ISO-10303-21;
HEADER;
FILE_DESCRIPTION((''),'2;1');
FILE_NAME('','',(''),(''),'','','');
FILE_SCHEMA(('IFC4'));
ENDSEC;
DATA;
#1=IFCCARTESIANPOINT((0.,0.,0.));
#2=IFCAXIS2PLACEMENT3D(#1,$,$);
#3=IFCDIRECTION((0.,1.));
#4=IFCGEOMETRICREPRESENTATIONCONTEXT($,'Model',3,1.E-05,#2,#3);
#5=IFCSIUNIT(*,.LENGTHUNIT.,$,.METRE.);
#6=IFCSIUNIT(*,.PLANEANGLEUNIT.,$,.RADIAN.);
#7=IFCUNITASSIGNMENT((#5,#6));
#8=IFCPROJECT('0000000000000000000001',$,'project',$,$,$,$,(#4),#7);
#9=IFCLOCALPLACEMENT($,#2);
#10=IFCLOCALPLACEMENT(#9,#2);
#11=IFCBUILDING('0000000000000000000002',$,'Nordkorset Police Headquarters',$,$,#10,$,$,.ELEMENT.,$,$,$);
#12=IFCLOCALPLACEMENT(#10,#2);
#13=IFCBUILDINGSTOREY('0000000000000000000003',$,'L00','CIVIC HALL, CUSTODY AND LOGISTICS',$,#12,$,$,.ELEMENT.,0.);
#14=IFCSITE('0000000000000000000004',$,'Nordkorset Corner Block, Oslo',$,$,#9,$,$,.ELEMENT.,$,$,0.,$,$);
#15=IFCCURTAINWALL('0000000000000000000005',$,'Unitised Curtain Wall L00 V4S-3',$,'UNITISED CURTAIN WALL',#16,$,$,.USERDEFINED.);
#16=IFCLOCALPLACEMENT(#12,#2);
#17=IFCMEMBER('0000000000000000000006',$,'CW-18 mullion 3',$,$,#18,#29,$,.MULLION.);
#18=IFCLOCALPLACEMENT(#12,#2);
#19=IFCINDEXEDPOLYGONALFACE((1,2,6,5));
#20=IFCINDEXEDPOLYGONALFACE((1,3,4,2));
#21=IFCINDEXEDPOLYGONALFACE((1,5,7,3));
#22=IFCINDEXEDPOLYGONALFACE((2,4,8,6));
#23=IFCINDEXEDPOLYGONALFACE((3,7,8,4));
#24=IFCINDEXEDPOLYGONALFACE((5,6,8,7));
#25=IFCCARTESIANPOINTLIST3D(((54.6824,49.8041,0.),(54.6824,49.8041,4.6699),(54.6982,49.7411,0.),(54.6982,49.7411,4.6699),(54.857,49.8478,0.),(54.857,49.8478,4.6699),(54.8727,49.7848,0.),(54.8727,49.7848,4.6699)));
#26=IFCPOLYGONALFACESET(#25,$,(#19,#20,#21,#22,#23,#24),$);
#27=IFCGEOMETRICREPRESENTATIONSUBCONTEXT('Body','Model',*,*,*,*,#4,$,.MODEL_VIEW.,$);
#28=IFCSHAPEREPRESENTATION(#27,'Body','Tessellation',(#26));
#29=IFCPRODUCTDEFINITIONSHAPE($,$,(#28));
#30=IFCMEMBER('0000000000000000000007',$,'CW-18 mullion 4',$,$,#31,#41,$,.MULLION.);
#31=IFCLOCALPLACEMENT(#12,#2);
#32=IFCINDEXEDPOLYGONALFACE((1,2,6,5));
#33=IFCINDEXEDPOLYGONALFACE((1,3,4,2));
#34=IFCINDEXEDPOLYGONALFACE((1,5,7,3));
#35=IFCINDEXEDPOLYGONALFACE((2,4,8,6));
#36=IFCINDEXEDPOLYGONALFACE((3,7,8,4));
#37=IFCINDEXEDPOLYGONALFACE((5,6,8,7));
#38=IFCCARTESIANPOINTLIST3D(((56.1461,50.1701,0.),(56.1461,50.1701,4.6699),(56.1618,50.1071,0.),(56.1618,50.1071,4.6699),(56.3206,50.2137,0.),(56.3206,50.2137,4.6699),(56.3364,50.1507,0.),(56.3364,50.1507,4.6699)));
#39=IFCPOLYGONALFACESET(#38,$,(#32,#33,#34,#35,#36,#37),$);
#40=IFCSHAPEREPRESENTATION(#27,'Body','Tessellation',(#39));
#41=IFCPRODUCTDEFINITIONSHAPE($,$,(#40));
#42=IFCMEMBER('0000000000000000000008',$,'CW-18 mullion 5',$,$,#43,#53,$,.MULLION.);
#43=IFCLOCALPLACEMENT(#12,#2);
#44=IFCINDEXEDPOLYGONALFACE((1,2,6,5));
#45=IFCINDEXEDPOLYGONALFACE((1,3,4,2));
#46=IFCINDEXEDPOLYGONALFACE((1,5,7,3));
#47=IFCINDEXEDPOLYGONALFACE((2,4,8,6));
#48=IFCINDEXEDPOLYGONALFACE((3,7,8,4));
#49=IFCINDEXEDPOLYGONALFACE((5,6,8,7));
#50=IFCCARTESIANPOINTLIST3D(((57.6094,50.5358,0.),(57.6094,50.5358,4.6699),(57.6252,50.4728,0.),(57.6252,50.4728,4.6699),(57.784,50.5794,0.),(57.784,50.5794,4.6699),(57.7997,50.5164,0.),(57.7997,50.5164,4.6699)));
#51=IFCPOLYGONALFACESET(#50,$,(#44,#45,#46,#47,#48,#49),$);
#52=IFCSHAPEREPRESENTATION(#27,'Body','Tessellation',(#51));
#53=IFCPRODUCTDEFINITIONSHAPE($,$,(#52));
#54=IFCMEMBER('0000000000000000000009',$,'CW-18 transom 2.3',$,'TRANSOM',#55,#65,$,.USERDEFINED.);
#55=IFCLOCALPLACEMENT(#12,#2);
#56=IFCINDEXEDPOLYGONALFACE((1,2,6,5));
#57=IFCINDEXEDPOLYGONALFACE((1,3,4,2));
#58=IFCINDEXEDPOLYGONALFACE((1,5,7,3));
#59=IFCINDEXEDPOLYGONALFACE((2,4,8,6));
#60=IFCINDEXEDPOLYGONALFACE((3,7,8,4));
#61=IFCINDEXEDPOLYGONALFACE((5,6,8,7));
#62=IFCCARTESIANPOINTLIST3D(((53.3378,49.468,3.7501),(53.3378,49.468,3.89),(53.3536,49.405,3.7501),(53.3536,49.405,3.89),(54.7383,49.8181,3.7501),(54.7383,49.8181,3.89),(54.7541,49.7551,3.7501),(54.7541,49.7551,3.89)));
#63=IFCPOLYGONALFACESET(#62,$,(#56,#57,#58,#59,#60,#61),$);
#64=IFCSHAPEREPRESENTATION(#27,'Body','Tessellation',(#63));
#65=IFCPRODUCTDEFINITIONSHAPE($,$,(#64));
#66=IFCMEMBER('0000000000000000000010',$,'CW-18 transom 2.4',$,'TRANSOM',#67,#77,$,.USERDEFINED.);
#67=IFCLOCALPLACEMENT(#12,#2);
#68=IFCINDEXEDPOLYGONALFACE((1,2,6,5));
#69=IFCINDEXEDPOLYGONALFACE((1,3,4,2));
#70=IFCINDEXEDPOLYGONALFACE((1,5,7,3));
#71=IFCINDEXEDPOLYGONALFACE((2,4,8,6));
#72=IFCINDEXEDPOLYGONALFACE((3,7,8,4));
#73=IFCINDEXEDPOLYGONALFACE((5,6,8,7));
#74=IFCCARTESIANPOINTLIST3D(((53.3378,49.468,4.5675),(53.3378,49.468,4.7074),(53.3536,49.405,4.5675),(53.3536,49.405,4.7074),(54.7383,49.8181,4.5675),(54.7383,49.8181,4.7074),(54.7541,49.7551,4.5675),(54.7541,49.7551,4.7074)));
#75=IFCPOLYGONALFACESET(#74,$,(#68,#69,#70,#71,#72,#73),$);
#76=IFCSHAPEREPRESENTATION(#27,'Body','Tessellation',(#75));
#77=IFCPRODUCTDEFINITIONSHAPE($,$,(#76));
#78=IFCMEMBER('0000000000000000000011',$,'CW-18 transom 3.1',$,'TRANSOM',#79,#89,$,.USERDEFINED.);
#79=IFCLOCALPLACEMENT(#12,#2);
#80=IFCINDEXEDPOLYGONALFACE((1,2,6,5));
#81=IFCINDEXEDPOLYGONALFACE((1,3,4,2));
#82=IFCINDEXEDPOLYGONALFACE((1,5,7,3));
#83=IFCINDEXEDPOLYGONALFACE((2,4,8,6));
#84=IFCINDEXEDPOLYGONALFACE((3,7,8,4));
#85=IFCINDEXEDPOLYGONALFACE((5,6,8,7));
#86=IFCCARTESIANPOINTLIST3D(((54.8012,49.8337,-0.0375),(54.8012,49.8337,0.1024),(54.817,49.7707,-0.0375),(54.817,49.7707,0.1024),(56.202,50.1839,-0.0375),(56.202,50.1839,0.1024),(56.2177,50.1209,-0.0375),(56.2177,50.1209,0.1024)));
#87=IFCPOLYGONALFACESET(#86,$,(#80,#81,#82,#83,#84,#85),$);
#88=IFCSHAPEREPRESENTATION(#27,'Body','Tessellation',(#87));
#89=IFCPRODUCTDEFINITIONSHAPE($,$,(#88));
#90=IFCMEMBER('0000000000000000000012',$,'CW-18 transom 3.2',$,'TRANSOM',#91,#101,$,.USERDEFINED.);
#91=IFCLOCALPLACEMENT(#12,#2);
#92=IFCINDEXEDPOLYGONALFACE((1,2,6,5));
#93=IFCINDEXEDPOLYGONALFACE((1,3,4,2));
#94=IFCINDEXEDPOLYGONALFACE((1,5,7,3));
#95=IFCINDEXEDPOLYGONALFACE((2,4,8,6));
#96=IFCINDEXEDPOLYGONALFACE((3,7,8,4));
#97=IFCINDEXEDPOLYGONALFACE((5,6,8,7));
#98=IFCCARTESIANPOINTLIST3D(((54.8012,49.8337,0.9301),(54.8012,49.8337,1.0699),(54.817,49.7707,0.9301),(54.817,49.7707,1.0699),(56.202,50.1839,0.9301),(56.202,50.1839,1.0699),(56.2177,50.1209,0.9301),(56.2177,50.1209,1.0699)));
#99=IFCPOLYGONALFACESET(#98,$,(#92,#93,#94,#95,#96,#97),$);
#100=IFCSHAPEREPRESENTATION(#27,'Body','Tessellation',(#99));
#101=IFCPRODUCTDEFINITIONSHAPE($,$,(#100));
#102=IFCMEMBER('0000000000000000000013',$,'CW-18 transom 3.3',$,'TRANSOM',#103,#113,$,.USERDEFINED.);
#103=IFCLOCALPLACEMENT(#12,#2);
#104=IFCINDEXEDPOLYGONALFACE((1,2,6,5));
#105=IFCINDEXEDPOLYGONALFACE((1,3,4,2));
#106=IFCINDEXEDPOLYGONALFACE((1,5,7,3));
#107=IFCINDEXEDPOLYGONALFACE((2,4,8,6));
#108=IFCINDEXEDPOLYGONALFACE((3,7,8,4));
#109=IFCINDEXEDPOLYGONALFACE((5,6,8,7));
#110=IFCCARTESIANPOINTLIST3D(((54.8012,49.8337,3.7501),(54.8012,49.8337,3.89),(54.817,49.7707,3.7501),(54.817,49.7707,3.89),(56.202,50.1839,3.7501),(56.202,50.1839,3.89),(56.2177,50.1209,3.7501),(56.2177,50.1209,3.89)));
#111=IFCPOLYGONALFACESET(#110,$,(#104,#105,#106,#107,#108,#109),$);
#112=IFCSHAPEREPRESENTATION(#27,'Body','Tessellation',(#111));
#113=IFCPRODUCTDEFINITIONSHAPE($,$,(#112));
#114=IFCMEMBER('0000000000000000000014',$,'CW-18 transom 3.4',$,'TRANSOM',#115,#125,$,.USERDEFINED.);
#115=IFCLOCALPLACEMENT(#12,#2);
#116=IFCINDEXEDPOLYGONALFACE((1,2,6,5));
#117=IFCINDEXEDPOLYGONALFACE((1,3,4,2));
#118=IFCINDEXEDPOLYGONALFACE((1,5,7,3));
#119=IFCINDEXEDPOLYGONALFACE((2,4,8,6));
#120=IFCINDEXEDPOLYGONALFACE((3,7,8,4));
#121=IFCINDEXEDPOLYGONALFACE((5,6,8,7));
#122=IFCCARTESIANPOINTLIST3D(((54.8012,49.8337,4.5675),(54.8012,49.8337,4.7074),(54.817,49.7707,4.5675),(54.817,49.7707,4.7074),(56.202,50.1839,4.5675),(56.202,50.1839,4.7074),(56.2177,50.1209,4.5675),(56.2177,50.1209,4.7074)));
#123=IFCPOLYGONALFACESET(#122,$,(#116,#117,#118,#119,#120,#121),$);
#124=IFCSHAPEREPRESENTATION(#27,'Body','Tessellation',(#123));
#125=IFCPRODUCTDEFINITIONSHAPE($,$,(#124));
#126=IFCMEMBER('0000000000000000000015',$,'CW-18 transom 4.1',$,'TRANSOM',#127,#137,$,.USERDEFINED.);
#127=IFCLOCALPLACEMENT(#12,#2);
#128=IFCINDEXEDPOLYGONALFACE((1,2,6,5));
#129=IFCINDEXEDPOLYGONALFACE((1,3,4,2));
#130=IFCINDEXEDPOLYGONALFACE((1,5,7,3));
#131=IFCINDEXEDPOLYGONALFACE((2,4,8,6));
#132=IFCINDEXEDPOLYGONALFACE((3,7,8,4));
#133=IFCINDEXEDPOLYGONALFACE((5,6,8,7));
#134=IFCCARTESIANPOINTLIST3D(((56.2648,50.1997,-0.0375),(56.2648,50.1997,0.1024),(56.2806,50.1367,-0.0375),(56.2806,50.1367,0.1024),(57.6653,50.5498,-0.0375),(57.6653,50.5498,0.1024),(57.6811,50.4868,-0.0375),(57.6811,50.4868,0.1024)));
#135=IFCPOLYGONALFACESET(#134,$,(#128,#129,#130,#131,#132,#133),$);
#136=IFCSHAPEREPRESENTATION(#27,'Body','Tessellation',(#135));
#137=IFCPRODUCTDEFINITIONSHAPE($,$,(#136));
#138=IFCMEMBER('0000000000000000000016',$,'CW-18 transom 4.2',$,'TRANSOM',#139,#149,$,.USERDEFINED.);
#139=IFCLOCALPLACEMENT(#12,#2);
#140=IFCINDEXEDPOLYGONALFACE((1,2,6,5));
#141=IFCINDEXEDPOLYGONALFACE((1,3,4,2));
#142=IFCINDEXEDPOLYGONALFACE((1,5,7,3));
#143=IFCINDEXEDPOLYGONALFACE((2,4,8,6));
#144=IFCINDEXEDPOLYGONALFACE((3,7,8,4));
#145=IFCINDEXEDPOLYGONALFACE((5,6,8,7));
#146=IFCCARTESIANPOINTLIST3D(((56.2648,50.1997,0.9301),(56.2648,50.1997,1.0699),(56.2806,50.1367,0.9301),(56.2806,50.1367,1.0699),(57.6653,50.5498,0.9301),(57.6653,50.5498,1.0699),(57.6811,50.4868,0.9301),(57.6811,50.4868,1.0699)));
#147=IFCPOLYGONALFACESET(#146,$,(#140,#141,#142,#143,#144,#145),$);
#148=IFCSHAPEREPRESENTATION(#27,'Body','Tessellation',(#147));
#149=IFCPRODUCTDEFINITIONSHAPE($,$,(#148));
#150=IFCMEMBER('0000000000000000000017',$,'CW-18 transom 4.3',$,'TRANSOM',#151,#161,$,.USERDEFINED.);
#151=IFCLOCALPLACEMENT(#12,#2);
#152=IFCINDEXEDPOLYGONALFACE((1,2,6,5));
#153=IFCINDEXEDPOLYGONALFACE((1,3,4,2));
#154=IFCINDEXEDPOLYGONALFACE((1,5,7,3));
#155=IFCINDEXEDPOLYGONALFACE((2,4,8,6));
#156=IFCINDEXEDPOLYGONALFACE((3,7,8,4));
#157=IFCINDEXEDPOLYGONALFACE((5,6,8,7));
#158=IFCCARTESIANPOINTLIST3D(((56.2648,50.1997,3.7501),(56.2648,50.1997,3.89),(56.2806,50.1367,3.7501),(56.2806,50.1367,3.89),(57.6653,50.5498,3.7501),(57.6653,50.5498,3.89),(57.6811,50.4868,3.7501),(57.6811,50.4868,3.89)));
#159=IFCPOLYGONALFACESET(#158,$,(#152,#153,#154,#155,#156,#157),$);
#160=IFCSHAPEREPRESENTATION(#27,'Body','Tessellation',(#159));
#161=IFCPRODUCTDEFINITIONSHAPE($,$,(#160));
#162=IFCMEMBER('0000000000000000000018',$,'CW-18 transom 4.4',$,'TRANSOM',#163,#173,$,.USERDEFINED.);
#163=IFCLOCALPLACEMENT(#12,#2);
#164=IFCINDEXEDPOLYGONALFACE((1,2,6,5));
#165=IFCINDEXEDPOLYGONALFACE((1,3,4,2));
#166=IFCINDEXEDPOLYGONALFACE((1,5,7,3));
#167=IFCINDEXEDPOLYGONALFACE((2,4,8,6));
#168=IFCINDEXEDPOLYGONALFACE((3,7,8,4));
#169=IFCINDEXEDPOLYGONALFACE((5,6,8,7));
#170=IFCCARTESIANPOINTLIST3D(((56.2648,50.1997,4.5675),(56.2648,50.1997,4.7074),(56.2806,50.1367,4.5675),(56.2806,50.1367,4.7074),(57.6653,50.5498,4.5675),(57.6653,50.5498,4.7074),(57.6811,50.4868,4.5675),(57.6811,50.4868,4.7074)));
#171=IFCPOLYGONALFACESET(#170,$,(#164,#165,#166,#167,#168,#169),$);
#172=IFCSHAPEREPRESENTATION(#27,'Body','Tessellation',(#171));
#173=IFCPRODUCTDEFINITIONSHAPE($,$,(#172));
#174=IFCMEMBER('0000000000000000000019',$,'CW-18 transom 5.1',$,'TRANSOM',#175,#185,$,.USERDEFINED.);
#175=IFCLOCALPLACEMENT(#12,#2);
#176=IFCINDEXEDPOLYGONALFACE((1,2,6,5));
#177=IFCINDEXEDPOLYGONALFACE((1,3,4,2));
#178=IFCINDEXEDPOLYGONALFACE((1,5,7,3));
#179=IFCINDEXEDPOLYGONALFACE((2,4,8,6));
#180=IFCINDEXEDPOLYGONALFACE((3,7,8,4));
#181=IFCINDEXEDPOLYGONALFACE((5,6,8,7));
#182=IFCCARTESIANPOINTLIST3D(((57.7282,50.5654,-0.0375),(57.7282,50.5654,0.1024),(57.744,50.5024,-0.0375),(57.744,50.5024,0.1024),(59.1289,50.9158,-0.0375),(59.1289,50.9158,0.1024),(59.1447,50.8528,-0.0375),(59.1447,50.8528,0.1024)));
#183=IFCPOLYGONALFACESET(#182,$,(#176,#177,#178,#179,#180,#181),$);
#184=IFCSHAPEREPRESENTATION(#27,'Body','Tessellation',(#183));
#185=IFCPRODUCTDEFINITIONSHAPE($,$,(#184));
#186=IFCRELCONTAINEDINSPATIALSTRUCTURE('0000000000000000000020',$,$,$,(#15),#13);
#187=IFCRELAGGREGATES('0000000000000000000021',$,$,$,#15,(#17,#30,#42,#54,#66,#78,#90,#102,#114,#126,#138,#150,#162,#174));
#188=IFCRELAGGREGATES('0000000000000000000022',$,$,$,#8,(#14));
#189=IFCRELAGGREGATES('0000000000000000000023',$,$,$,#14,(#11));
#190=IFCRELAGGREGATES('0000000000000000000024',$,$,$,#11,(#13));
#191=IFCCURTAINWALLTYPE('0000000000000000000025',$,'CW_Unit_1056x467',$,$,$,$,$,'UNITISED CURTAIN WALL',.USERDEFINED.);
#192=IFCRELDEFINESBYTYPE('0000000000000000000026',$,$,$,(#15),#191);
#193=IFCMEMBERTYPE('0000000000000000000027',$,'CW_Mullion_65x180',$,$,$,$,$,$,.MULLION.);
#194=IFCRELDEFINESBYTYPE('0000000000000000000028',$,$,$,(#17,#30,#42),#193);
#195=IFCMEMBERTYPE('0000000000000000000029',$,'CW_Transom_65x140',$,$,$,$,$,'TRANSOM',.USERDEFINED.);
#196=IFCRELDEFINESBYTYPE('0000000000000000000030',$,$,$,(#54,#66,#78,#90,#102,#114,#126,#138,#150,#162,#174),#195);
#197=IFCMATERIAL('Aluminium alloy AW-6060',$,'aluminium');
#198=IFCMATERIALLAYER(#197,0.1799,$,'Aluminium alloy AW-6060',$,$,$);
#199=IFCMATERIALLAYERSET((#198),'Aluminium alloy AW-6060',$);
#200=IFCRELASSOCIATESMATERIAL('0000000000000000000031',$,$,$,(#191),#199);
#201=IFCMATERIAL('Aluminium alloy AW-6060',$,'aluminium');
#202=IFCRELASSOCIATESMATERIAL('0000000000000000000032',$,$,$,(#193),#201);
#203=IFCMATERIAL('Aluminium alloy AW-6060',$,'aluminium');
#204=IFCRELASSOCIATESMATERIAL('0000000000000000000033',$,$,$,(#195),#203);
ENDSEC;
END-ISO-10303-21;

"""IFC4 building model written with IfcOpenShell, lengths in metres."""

from ifc_helpers import new_model, si_unit, direction, frame, origin, origin_2d, place, context, subcontext, project, spatial, rectangle, extrude, material, layer, layer_set, material_profile, profile_set, type_object, element, aggregate, save


model = new_model("IFC4")

# Units and contexts
model_context = context("Model", 3, precision=1e-05, world=origin(), true_north=direction((0.0, 1.0)))
body_context = subcontext(model_context, "Body", "Model", "MODEL_VIEW")
ifc_project = project(units=[si_unit("LENGTHUNIT", "METRE"), si_unit("PLANEANGLEUNIT", "RADIAN")], contexts=[model_context])

# Site, building, storey
site_placement = place(None, origin())
site = spatial("IfcSite", under=ifc_project, at=site_placement, Name="Nordkorset Corner Block, Oslo", CompositionType="ELEMENT", RefElevation=0.0)
building_placement = place(site_placement, origin())
building = spatial("IfcBuilding", under=site, at=building_placement, Name="Nordkorset Police Headquarters", CompositionType="ELEMENT")
storey_placement = place(building_placement, origin())
storey = spatial("IfcBuildingStorey", under=building, at=storey_placement, Name="L00", Description="CIVIC HALL, CUSTODY AND LOGISTICS", CompositionType="ELEMENT", Elevation=0.0)

# Curtain wall, members
ifc_material_1 = material(Name="Aluminium alloy AW-6060", Category="aluminium")
ifc_layer_1 = layer(ifc_material_1, 0.1799, Name="Aluminium alloy AW-6060")
ifc_layer_set_1 = layer_set([ifc_layer_1], Name="Aluminium alloy AW-6060")
curtain_wall_type = type_object("IfcCurtainWallType", Name="CW_Unit_1056x467", ElementType="UNITISED CURTAIN WALL", PredefinedType="USERDEFINED", material=ifc_layer_set_1)
curtain_wall_placement = place(storey_placement, origin())
curtain_wall = element("IfcCurtainWall", 1, at=curtain_wall_placement, inside=storey, type_object=curtain_wall_type, Name="Unitised Curtain Wall L00 V4S-3", ObjectType="UNITISED CURTAIN WALL", PredefinedType="USERDEFINED")
ifc_material_2 = material(Name="Aluminium alloy AW-6060", Category="aluminium")
ifc_material_profile_1 = material_profile(ifc_material_2, rectangle(XDim=0.0649, YDim=0.1799, at=origin_2d()), Name="ALU MULL 65x180")
ifc_profile_set_1 = profile_set([ifc_material_profile_1], Name="Aluminium alloy AW-6060")
member_type_1 = type_object("IfcMemberType", Name="CW_Mullion_65x180", PredefinedType="MULLION", material=ifc_profile_set_1)
member_1_placement = place(storey_placement, frame((54.7776, 49.7944, 0.0), z_axis=(0.0, 0.0, 1.0), x_axis=(-0.242535, 0.970143, 0.0)))
member_1 = element("IfcMember", 2, at=member_1_placement, type_object=member_type_1, Name="CW-18 mullion 3", PredefinedType="MULLION", context=body_context, shape_type="SweptSolid", body=[
    extrude(rectangle(XDim=0.0649, YDim=0.1799, at=origin_2d()), origin(), (0.0, 0.0, 1.0), 4.6699),
])
member_2_placement = place(storey_placement, frame((56.2412, 50.1604, 0.0), z_axis=(0.0, 0.0, 1.0), x_axis=(-0.242535, 0.970143, 0.0)))
member_2 = element("IfcMember", 3, at=member_2_placement, type_object=member_type_1, Name="CW-18 mullion 4", PredefinedType="MULLION", context=body_context, shape_type="SweptSolid", body=[
    extrude(rectangle(XDim=0.0649, YDim=0.1799, at=origin_2d()), origin(), (0.0, 0.0, 1.0), 4.6699),
])
member_3_placement = place(storey_placement, frame((57.7046, 50.5261, 0.0), z_axis=(0.0, 0.0, 1.0), x_axis=(-0.242535, 0.970143, 0.0)))
member_3 = element("IfcMember", 4, at=member_3_placement, type_object=member_type_1, Name="CW-18 mullion 5", PredefinedType="MULLION", context=body_context, shape_type="SweptSolid", body=[
    extrude(rectangle(XDim=0.0649, YDim=0.1799, at=origin_2d()), origin(), (0.0, 0.0, 1.0), 4.6699),
])
ifc_material_3 = material(Name="Aluminium alloy AW-6060", Category="aluminium")
ifc_material_profile_2 = material_profile(ifc_material_3, rectangle(XDim=0.0649, YDim=0.1399, at=origin_2d()), Name="ALU TRAN 65x140")
ifc_profile_set_2 = profile_set([ifc_material_profile_2], Name="Aluminium alloy AW-6060")
member_type_2 = type_object("IfcMemberType", Name="CW_Transom_65x140", ElementType="TRANSOM", PredefinedType="USERDEFINED", material=ifc_profile_set_2)
member_4_placement = place(storey_placement, frame((53.3457, 49.4365, 3.8201), z_axis=(0.970143, 0.242536, 0.0), x_axis=(-0.242536, 0.970143, 0.0)))
member_4 = element("IfcMember", 5, at=member_4_placement, type_object=member_type_2, Name="CW-18 transom 2.3", ObjectType="TRANSOM", PredefinedType="USERDEFINED", context=body_context, shape_type="SweptSolid", body=[
    extrude(rectangle(XDim=0.0649, YDim=0.1399, at=origin_2d()), origin(), (0.0, 0.0, 1.0), 1.4436),
])
member_5_placement = place(storey_placement, frame((53.3457, 49.4365, 4.6375), z_axis=(0.970143, 0.242536, 0.0), x_axis=(-0.242536, 0.970143, 0.0)))
member_5 = element("IfcMember", 6, at=member_5_placement, type_object=member_type_2, Name="CW-18 transom 2.4", ObjectType="TRANSOM", PredefinedType="USERDEFINED", context=body_context, shape_type="SweptSolid", body=[
    extrude(rectangle(XDim=0.0649, YDim=0.1399, at=origin_2d()), origin(), (0.0, 0.0, 1.0), 1.4436),
])
member_6_placement = place(storey_placement, frame((54.8091, 49.8022, 0.0325), z_axis=(0.970152, 0.242496, 0.0), x_axis=(-0.242496, 0.970152, 0.0)))
member_6 = element("IfcMember", 7, at=member_6_placement, type_object=member_type_2, Name="CW-18 transom 3.1", ObjectType="TRANSOM", PredefinedType="USERDEFINED", context=body_context, shape_type="SweptSolid", body=[
    extrude(rectangle(XDim=0.0649, YDim=0.1399, at=origin_2d()), origin(), (0.0, 0.0, 1.0), 1.4438),
])
member_7_placement = place(storey_placement, frame((54.8091, 49.8022, 1.0), z_axis=(0.970152, 0.242496, 0.0), x_axis=(-0.242496, 0.970152, 0.0)))
member_7 = element("IfcMember", 8, at=member_7_placement, type_object=member_type_2, Name="CW-18 transom 3.2", ObjectType="TRANSOM", PredefinedType="USERDEFINED", context=body_context, shape_type="SweptSolid", body=[
    extrude(rectangle(XDim=0.0649, YDim=0.1399, at=origin_2d()), origin(), (0.0, 0.0, 1.0), 1.4438),
])
member_8_placement = place(storey_placement, frame((54.8091, 49.8022, 3.8201), z_axis=(0.970152, 0.242496, 0.0), x_axis=(-0.242496, 0.970152, 0.0)))
member_8 = element("IfcMember", 9, at=member_8_placement, type_object=member_type_2, Name="CW-18 transom 3.3", ObjectType="TRANSOM", PredefinedType="USERDEFINED", context=body_context, shape_type="SweptSolid", body=[
    extrude(rectangle(XDim=0.0649, YDim=0.1399, at=origin_2d()), origin(), (0.0, 0.0, 1.0), 1.4438),
])
member_9_placement = place(storey_placement, frame((54.8091, 49.8022, 4.6375), z_axis=(0.970152, 0.242496, 0.0), x_axis=(-0.242496, 0.970152, 0.0)))
member_9 = element("IfcMember", 10, at=member_9_placement, type_object=member_type_2, Name="CW-18 transom 3.4", ObjectType="TRANSOM", PredefinedType="USERDEFINED", context=body_context, shape_type="SweptSolid", body=[
    extrude(rectangle(XDim=0.0649, YDim=0.1399, at=origin_2d()), origin(), (0.0, 0.0, 1.0), 1.4438),
])
member_10_placement = place(storey_placement, frame((56.2727, 50.1682, 0.0325), z_axis=(0.970143, 0.242536, 0.0), x_axis=(-0.242536, 0.970143, 0.0)))
member_10 = element("IfcMember", 11, at=member_10_placement, type_object=member_type_2, Name="CW-18 transom 4.1", ObjectType="TRANSOM", PredefinedType="USERDEFINED", context=body_context, shape_type="SweptSolid", body=[
    extrude(rectangle(XDim=0.0649, YDim=0.1399, at=origin_2d()), origin(), (0.0, 0.0, 1.0), 1.4436),
])
member_11_placement = place(storey_placement, frame((56.2727, 50.1682, 1.0), z_axis=(0.970143, 0.242536, 0.0), x_axis=(-0.242536, 0.970143, 0.0)))
member_11 = element("IfcMember", 12, at=member_11_placement, type_object=member_type_2, Name="CW-18 transom 4.2", ObjectType="TRANSOM", PredefinedType="USERDEFINED", context=body_context, shape_type="SweptSolid", body=[
    extrude(rectangle(XDim=0.0649, YDim=0.1399, at=origin_2d()), origin(), (0.0, 0.0, 1.0), 1.4436),
])
member_12_placement = place(storey_placement, frame((56.2727, 50.1682, 3.8201), z_axis=(0.970143, 0.242536, 0.0), x_axis=(-0.242536, 0.970143, 0.0)))
member_12 = element("IfcMember", 13, at=member_12_placement, type_object=member_type_2, Name="CW-18 transom 4.3", ObjectType="TRANSOM", PredefinedType="USERDEFINED", context=body_context, shape_type="SweptSolid", body=[
    extrude(rectangle(XDim=0.0649, YDim=0.1399, at=origin_2d()), origin(), (0.0, 0.0, 1.0), 1.4436),
])
member_13_placement = place(storey_placement, frame((56.2727, 50.1682, 4.6375), z_axis=(0.970143, 0.242536, 0.0), x_axis=(-0.242536, 0.970143, 0.0)))
member_13 = element("IfcMember", 14, at=member_13_placement, type_object=member_type_2, Name="CW-18 transom 4.4", ObjectType="TRANSOM", PredefinedType="USERDEFINED", context=body_context, shape_type="SweptSolid", body=[
    extrude(rectangle(XDim=0.0649, YDim=0.1399, at=origin_2d()), origin(), (0.0, 0.0, 1.0), 1.4436),
])
member_14_placement = place(storey_placement, frame((57.7361, 50.5339, 0.0325), z_axis=(0.970113, 0.242655, 0.0), x_axis=(-0.242655, 0.970113, 0.0)))
member_14 = element("IfcMember", 15, at=member_14_placement, type_object=member_type_2, Name="CW-18 transom 5.1", ObjectType="TRANSOM", PredefinedType="USERDEFINED", context=body_context, shape_type="SweptSolid", body=[
    extrude(rectangle(XDim=0.0649, YDim=0.1399, at=origin_2d()), origin(), (0.0, 0.0, 1.0), 1.4438),
])
aggregate(curtain_wall, [member_1, member_2, member_3, member_4, member_5, member_6, member_7, member_8, member_9, member_10, member_11, member_12, member_13, member_14])

save(model, "model.ifc")
